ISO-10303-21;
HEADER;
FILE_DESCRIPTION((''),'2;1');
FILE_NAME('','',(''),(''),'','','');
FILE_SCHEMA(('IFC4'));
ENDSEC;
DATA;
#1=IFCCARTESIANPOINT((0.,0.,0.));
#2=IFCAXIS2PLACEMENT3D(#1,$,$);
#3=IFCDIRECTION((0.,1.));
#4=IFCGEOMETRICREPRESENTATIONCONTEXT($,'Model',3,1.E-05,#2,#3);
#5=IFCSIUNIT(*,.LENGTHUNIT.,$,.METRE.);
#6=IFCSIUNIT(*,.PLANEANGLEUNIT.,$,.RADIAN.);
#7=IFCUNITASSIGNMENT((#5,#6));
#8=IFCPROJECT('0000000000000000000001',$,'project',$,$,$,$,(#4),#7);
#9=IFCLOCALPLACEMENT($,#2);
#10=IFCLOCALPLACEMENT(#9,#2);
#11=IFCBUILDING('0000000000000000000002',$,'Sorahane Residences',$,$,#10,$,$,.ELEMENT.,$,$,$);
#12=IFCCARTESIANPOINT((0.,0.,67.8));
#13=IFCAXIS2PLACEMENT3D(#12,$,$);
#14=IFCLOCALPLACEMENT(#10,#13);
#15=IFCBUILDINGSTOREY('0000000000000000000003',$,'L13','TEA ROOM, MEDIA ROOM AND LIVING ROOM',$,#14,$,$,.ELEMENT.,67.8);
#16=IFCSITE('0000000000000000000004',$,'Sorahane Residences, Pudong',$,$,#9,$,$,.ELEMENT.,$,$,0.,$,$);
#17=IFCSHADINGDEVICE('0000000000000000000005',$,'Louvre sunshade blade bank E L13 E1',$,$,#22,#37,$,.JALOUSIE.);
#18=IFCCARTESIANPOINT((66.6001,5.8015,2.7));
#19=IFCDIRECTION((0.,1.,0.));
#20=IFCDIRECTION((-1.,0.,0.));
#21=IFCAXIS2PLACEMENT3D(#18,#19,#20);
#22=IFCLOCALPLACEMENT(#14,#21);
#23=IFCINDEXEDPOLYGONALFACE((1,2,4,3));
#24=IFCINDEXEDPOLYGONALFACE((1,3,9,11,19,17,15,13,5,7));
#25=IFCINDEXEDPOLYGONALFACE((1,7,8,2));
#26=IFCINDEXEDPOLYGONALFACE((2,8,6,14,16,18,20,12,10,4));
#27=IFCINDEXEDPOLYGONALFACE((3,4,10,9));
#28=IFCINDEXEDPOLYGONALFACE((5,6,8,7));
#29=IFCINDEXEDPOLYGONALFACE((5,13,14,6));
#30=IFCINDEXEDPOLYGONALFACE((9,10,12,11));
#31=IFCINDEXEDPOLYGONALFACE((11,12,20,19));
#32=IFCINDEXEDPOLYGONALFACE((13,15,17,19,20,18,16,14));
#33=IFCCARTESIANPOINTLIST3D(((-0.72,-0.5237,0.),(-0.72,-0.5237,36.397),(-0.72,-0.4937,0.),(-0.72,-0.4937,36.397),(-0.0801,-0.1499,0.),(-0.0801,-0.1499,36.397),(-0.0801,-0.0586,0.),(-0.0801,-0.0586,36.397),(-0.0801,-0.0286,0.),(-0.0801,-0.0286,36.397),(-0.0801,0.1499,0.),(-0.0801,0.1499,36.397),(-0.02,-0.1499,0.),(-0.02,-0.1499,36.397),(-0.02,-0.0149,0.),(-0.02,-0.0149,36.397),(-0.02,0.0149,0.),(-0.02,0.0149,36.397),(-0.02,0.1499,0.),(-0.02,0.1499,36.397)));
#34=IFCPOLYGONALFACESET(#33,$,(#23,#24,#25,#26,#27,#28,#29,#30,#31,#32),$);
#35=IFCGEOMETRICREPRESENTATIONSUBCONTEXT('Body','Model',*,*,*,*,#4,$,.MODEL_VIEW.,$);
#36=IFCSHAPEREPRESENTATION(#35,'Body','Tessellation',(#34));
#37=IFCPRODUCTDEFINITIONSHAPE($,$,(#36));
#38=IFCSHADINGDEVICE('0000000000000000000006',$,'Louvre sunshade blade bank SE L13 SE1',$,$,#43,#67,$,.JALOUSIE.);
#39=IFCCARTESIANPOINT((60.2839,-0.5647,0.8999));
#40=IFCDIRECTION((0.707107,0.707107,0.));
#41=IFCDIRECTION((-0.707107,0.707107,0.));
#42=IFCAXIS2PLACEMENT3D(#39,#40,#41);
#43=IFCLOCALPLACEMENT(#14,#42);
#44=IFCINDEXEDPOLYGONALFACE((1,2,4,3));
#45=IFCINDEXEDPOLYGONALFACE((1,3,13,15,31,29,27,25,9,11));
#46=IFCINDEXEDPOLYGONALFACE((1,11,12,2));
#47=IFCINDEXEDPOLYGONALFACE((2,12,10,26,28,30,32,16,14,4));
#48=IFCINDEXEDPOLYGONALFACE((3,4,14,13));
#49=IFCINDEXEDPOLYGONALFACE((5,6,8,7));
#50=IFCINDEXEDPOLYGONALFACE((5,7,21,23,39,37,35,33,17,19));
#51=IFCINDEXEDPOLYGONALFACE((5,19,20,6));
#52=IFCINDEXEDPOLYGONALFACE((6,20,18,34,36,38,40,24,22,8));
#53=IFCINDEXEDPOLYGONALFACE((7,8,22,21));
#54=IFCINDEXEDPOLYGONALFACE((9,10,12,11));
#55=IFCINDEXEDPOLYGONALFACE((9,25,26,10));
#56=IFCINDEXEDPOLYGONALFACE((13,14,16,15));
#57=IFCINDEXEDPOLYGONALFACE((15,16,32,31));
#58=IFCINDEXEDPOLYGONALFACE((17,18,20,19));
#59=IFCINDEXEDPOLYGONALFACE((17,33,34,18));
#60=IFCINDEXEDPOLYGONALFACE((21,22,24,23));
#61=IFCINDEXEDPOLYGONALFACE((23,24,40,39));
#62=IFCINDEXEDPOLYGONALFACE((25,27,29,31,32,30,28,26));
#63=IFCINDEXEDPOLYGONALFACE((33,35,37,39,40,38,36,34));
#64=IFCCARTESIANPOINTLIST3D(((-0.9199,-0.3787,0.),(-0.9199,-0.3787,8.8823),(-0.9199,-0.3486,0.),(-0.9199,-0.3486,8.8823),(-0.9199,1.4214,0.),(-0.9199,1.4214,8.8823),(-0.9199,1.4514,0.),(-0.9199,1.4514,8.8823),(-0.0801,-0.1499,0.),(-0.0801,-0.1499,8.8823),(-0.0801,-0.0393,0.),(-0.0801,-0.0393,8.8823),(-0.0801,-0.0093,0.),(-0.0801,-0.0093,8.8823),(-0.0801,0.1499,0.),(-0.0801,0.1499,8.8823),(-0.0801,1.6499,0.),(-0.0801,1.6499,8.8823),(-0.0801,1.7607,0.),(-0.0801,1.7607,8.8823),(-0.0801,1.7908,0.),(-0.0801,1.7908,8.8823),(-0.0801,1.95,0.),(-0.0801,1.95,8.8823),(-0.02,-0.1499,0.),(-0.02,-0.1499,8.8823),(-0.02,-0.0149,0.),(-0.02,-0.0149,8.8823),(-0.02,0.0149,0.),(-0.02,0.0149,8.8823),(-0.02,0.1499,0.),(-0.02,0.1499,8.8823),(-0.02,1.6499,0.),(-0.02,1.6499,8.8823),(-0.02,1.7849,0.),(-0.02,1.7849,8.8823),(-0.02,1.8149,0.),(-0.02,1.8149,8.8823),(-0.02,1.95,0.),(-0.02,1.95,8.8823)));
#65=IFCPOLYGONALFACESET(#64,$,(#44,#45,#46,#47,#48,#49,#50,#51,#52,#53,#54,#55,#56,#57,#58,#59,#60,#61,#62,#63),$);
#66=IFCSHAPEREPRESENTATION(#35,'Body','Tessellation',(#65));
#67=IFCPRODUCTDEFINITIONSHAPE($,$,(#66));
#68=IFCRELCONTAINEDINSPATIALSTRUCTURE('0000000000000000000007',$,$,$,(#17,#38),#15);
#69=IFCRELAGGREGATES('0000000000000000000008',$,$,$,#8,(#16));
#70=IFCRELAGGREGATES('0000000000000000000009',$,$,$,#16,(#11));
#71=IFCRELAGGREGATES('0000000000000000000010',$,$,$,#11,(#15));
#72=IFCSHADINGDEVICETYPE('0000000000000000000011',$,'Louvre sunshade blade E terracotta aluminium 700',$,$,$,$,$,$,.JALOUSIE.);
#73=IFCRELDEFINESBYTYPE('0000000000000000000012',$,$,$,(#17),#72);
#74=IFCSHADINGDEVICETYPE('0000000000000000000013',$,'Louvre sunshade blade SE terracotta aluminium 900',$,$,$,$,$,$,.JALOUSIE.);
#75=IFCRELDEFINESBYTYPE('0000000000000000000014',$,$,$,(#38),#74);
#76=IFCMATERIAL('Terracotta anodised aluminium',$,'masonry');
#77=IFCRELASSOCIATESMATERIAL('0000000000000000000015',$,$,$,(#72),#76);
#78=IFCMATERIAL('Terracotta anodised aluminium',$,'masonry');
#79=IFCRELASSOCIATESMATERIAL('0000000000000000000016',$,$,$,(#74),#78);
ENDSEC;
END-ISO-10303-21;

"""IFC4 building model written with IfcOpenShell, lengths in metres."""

from ifc_helpers import new_model, si_unit, direction, frame, origin, place, context, subcontext, project, spatial, polyline, outline, composite_profile, extrude, material, type_object, element, save


model = new_model("IFC4")

# Units and contexts
model_context = context("Model", 3, precision=1e-05, world=origin(), true_north=direction((0.0, 1.0)))
body_context = subcontext(model_context, "Body", "Model", "MODEL_VIEW")
ifc_project = project(units=[si_unit("LENGTHUNIT", "METRE"), si_unit("PLANEANGLEUNIT", "RADIAN")], contexts=[model_context])

# Site, building, storey
site_placement = place(None, origin())
site = spatial("IfcSite", under=ifc_project, at=site_placement, Name="Sorahane Residences, Pudong", CompositionType="ELEMENT", RefElevation=0.0)
building_placement = place(site_placement, origin())
building = spatial("IfcBuilding", under=site, at=building_placement, Name="Sorahane Residences", CompositionType="ELEMENT")
storey_placement = place(building_placement, frame((0.0, 0.0, 67.8)))
storey = spatial("IfcBuildingStorey", under=building, at=storey_placement, Name="L13", Description="TEA ROOM, MEDIA ROOM AND LIVING ROOM", CompositionType="ELEMENT", Elevation=67.8)

# Shading devices
ifc_material_1 = material(Name="Terracotta anodised aluminium", Category="masonry")
shading_device_type_1 = type_object("IfcShadingDeviceType", Name="Louvre sunshade blade E terracotta aluminium 700", PredefinedType="JALOUSIE", material=ifc_material_1)
shading_device_1_placement = place(storey_placement, frame((66.6001, 5.8015, 2.7), z_axis=(0.0, 1.0, 0.0), x_axis=(-1.0, 0.0, 0.0)))
element("IfcShadingDevice", 1, at=shading_device_1_placement, inside=storey, type_object=shading_device_type_1, Name="Louvre sunshade blade bank E L13 E1", PredefinedType="JALOUSIE", context=body_context, shape_type="SweptSolid", body=[
    extrude(outline(polyline([(-0.72, -0.4937), (-0.72, -0.5237), (-0.0801, -0.0586), (-0.0801, -0.1499), (-0.02, -0.1499), (-0.02, -0.0149), (-0.02, 0.0149), (-0.02, 0.1499), (-0.0801, 0.1499), (-0.0801, -0.0286), (-0.72, -0.4937)])), origin(), (0.0, 0.0, 1.0), 36.397),
])
ifc_material_2 = material(Name="Terracotta anodised aluminium", Category="masonry")
shading_device_type_2 = type_object("IfcShadingDeviceType", Name="Louvre sunshade blade SE terracotta aluminium 900", PredefinedType="JALOUSIE", material=ifc_material_2)
shading_device_2_placement = place(storey_placement, frame((60.2839, -0.5647, 0.8999), z_axis=(0.707107, 0.707107, 0.0), x_axis=(-0.707107, 0.707107, 0.0)))
element("IfcShadingDevice", 2, at=shading_device_2_placement, inside=storey, type_object=shading_device_type_2, Name="Louvre sunshade blade bank SE L13 SE1", PredefinedType="JALOUSIE", context=body_context, shape_type="SweptSolid", body=[
    extrude(composite_profile([outline(polyline([(-0.9199, -0.3486), (-0.9199, -0.3787), (-0.0801, -0.0393), (-0.0801, -0.1499), (-0.02, -0.1499), (-0.02, -0.0149), (-0.02, 0.0149), (-0.02, 0.1499), (-0.0801, 0.1499), (-0.0801, -0.0093), (-0.9199, -0.3486)])), outline(polyline([(-0.9199, 1.4514), (-0.9199, 1.4214), (-0.0801, 1.7607), (-0.0801, 1.6499), (-0.02, 1.6499), (-0.02, 1.7849), (-0.02, 1.8149), (-0.02, 1.95), (-0.0801, 1.95), (-0.0801, 1.7908), (-0.9199, 1.4514)]))]), origin(), (0.0, 0.0, 1.0), 8.8823),
])

save(model, "model.ifc")
